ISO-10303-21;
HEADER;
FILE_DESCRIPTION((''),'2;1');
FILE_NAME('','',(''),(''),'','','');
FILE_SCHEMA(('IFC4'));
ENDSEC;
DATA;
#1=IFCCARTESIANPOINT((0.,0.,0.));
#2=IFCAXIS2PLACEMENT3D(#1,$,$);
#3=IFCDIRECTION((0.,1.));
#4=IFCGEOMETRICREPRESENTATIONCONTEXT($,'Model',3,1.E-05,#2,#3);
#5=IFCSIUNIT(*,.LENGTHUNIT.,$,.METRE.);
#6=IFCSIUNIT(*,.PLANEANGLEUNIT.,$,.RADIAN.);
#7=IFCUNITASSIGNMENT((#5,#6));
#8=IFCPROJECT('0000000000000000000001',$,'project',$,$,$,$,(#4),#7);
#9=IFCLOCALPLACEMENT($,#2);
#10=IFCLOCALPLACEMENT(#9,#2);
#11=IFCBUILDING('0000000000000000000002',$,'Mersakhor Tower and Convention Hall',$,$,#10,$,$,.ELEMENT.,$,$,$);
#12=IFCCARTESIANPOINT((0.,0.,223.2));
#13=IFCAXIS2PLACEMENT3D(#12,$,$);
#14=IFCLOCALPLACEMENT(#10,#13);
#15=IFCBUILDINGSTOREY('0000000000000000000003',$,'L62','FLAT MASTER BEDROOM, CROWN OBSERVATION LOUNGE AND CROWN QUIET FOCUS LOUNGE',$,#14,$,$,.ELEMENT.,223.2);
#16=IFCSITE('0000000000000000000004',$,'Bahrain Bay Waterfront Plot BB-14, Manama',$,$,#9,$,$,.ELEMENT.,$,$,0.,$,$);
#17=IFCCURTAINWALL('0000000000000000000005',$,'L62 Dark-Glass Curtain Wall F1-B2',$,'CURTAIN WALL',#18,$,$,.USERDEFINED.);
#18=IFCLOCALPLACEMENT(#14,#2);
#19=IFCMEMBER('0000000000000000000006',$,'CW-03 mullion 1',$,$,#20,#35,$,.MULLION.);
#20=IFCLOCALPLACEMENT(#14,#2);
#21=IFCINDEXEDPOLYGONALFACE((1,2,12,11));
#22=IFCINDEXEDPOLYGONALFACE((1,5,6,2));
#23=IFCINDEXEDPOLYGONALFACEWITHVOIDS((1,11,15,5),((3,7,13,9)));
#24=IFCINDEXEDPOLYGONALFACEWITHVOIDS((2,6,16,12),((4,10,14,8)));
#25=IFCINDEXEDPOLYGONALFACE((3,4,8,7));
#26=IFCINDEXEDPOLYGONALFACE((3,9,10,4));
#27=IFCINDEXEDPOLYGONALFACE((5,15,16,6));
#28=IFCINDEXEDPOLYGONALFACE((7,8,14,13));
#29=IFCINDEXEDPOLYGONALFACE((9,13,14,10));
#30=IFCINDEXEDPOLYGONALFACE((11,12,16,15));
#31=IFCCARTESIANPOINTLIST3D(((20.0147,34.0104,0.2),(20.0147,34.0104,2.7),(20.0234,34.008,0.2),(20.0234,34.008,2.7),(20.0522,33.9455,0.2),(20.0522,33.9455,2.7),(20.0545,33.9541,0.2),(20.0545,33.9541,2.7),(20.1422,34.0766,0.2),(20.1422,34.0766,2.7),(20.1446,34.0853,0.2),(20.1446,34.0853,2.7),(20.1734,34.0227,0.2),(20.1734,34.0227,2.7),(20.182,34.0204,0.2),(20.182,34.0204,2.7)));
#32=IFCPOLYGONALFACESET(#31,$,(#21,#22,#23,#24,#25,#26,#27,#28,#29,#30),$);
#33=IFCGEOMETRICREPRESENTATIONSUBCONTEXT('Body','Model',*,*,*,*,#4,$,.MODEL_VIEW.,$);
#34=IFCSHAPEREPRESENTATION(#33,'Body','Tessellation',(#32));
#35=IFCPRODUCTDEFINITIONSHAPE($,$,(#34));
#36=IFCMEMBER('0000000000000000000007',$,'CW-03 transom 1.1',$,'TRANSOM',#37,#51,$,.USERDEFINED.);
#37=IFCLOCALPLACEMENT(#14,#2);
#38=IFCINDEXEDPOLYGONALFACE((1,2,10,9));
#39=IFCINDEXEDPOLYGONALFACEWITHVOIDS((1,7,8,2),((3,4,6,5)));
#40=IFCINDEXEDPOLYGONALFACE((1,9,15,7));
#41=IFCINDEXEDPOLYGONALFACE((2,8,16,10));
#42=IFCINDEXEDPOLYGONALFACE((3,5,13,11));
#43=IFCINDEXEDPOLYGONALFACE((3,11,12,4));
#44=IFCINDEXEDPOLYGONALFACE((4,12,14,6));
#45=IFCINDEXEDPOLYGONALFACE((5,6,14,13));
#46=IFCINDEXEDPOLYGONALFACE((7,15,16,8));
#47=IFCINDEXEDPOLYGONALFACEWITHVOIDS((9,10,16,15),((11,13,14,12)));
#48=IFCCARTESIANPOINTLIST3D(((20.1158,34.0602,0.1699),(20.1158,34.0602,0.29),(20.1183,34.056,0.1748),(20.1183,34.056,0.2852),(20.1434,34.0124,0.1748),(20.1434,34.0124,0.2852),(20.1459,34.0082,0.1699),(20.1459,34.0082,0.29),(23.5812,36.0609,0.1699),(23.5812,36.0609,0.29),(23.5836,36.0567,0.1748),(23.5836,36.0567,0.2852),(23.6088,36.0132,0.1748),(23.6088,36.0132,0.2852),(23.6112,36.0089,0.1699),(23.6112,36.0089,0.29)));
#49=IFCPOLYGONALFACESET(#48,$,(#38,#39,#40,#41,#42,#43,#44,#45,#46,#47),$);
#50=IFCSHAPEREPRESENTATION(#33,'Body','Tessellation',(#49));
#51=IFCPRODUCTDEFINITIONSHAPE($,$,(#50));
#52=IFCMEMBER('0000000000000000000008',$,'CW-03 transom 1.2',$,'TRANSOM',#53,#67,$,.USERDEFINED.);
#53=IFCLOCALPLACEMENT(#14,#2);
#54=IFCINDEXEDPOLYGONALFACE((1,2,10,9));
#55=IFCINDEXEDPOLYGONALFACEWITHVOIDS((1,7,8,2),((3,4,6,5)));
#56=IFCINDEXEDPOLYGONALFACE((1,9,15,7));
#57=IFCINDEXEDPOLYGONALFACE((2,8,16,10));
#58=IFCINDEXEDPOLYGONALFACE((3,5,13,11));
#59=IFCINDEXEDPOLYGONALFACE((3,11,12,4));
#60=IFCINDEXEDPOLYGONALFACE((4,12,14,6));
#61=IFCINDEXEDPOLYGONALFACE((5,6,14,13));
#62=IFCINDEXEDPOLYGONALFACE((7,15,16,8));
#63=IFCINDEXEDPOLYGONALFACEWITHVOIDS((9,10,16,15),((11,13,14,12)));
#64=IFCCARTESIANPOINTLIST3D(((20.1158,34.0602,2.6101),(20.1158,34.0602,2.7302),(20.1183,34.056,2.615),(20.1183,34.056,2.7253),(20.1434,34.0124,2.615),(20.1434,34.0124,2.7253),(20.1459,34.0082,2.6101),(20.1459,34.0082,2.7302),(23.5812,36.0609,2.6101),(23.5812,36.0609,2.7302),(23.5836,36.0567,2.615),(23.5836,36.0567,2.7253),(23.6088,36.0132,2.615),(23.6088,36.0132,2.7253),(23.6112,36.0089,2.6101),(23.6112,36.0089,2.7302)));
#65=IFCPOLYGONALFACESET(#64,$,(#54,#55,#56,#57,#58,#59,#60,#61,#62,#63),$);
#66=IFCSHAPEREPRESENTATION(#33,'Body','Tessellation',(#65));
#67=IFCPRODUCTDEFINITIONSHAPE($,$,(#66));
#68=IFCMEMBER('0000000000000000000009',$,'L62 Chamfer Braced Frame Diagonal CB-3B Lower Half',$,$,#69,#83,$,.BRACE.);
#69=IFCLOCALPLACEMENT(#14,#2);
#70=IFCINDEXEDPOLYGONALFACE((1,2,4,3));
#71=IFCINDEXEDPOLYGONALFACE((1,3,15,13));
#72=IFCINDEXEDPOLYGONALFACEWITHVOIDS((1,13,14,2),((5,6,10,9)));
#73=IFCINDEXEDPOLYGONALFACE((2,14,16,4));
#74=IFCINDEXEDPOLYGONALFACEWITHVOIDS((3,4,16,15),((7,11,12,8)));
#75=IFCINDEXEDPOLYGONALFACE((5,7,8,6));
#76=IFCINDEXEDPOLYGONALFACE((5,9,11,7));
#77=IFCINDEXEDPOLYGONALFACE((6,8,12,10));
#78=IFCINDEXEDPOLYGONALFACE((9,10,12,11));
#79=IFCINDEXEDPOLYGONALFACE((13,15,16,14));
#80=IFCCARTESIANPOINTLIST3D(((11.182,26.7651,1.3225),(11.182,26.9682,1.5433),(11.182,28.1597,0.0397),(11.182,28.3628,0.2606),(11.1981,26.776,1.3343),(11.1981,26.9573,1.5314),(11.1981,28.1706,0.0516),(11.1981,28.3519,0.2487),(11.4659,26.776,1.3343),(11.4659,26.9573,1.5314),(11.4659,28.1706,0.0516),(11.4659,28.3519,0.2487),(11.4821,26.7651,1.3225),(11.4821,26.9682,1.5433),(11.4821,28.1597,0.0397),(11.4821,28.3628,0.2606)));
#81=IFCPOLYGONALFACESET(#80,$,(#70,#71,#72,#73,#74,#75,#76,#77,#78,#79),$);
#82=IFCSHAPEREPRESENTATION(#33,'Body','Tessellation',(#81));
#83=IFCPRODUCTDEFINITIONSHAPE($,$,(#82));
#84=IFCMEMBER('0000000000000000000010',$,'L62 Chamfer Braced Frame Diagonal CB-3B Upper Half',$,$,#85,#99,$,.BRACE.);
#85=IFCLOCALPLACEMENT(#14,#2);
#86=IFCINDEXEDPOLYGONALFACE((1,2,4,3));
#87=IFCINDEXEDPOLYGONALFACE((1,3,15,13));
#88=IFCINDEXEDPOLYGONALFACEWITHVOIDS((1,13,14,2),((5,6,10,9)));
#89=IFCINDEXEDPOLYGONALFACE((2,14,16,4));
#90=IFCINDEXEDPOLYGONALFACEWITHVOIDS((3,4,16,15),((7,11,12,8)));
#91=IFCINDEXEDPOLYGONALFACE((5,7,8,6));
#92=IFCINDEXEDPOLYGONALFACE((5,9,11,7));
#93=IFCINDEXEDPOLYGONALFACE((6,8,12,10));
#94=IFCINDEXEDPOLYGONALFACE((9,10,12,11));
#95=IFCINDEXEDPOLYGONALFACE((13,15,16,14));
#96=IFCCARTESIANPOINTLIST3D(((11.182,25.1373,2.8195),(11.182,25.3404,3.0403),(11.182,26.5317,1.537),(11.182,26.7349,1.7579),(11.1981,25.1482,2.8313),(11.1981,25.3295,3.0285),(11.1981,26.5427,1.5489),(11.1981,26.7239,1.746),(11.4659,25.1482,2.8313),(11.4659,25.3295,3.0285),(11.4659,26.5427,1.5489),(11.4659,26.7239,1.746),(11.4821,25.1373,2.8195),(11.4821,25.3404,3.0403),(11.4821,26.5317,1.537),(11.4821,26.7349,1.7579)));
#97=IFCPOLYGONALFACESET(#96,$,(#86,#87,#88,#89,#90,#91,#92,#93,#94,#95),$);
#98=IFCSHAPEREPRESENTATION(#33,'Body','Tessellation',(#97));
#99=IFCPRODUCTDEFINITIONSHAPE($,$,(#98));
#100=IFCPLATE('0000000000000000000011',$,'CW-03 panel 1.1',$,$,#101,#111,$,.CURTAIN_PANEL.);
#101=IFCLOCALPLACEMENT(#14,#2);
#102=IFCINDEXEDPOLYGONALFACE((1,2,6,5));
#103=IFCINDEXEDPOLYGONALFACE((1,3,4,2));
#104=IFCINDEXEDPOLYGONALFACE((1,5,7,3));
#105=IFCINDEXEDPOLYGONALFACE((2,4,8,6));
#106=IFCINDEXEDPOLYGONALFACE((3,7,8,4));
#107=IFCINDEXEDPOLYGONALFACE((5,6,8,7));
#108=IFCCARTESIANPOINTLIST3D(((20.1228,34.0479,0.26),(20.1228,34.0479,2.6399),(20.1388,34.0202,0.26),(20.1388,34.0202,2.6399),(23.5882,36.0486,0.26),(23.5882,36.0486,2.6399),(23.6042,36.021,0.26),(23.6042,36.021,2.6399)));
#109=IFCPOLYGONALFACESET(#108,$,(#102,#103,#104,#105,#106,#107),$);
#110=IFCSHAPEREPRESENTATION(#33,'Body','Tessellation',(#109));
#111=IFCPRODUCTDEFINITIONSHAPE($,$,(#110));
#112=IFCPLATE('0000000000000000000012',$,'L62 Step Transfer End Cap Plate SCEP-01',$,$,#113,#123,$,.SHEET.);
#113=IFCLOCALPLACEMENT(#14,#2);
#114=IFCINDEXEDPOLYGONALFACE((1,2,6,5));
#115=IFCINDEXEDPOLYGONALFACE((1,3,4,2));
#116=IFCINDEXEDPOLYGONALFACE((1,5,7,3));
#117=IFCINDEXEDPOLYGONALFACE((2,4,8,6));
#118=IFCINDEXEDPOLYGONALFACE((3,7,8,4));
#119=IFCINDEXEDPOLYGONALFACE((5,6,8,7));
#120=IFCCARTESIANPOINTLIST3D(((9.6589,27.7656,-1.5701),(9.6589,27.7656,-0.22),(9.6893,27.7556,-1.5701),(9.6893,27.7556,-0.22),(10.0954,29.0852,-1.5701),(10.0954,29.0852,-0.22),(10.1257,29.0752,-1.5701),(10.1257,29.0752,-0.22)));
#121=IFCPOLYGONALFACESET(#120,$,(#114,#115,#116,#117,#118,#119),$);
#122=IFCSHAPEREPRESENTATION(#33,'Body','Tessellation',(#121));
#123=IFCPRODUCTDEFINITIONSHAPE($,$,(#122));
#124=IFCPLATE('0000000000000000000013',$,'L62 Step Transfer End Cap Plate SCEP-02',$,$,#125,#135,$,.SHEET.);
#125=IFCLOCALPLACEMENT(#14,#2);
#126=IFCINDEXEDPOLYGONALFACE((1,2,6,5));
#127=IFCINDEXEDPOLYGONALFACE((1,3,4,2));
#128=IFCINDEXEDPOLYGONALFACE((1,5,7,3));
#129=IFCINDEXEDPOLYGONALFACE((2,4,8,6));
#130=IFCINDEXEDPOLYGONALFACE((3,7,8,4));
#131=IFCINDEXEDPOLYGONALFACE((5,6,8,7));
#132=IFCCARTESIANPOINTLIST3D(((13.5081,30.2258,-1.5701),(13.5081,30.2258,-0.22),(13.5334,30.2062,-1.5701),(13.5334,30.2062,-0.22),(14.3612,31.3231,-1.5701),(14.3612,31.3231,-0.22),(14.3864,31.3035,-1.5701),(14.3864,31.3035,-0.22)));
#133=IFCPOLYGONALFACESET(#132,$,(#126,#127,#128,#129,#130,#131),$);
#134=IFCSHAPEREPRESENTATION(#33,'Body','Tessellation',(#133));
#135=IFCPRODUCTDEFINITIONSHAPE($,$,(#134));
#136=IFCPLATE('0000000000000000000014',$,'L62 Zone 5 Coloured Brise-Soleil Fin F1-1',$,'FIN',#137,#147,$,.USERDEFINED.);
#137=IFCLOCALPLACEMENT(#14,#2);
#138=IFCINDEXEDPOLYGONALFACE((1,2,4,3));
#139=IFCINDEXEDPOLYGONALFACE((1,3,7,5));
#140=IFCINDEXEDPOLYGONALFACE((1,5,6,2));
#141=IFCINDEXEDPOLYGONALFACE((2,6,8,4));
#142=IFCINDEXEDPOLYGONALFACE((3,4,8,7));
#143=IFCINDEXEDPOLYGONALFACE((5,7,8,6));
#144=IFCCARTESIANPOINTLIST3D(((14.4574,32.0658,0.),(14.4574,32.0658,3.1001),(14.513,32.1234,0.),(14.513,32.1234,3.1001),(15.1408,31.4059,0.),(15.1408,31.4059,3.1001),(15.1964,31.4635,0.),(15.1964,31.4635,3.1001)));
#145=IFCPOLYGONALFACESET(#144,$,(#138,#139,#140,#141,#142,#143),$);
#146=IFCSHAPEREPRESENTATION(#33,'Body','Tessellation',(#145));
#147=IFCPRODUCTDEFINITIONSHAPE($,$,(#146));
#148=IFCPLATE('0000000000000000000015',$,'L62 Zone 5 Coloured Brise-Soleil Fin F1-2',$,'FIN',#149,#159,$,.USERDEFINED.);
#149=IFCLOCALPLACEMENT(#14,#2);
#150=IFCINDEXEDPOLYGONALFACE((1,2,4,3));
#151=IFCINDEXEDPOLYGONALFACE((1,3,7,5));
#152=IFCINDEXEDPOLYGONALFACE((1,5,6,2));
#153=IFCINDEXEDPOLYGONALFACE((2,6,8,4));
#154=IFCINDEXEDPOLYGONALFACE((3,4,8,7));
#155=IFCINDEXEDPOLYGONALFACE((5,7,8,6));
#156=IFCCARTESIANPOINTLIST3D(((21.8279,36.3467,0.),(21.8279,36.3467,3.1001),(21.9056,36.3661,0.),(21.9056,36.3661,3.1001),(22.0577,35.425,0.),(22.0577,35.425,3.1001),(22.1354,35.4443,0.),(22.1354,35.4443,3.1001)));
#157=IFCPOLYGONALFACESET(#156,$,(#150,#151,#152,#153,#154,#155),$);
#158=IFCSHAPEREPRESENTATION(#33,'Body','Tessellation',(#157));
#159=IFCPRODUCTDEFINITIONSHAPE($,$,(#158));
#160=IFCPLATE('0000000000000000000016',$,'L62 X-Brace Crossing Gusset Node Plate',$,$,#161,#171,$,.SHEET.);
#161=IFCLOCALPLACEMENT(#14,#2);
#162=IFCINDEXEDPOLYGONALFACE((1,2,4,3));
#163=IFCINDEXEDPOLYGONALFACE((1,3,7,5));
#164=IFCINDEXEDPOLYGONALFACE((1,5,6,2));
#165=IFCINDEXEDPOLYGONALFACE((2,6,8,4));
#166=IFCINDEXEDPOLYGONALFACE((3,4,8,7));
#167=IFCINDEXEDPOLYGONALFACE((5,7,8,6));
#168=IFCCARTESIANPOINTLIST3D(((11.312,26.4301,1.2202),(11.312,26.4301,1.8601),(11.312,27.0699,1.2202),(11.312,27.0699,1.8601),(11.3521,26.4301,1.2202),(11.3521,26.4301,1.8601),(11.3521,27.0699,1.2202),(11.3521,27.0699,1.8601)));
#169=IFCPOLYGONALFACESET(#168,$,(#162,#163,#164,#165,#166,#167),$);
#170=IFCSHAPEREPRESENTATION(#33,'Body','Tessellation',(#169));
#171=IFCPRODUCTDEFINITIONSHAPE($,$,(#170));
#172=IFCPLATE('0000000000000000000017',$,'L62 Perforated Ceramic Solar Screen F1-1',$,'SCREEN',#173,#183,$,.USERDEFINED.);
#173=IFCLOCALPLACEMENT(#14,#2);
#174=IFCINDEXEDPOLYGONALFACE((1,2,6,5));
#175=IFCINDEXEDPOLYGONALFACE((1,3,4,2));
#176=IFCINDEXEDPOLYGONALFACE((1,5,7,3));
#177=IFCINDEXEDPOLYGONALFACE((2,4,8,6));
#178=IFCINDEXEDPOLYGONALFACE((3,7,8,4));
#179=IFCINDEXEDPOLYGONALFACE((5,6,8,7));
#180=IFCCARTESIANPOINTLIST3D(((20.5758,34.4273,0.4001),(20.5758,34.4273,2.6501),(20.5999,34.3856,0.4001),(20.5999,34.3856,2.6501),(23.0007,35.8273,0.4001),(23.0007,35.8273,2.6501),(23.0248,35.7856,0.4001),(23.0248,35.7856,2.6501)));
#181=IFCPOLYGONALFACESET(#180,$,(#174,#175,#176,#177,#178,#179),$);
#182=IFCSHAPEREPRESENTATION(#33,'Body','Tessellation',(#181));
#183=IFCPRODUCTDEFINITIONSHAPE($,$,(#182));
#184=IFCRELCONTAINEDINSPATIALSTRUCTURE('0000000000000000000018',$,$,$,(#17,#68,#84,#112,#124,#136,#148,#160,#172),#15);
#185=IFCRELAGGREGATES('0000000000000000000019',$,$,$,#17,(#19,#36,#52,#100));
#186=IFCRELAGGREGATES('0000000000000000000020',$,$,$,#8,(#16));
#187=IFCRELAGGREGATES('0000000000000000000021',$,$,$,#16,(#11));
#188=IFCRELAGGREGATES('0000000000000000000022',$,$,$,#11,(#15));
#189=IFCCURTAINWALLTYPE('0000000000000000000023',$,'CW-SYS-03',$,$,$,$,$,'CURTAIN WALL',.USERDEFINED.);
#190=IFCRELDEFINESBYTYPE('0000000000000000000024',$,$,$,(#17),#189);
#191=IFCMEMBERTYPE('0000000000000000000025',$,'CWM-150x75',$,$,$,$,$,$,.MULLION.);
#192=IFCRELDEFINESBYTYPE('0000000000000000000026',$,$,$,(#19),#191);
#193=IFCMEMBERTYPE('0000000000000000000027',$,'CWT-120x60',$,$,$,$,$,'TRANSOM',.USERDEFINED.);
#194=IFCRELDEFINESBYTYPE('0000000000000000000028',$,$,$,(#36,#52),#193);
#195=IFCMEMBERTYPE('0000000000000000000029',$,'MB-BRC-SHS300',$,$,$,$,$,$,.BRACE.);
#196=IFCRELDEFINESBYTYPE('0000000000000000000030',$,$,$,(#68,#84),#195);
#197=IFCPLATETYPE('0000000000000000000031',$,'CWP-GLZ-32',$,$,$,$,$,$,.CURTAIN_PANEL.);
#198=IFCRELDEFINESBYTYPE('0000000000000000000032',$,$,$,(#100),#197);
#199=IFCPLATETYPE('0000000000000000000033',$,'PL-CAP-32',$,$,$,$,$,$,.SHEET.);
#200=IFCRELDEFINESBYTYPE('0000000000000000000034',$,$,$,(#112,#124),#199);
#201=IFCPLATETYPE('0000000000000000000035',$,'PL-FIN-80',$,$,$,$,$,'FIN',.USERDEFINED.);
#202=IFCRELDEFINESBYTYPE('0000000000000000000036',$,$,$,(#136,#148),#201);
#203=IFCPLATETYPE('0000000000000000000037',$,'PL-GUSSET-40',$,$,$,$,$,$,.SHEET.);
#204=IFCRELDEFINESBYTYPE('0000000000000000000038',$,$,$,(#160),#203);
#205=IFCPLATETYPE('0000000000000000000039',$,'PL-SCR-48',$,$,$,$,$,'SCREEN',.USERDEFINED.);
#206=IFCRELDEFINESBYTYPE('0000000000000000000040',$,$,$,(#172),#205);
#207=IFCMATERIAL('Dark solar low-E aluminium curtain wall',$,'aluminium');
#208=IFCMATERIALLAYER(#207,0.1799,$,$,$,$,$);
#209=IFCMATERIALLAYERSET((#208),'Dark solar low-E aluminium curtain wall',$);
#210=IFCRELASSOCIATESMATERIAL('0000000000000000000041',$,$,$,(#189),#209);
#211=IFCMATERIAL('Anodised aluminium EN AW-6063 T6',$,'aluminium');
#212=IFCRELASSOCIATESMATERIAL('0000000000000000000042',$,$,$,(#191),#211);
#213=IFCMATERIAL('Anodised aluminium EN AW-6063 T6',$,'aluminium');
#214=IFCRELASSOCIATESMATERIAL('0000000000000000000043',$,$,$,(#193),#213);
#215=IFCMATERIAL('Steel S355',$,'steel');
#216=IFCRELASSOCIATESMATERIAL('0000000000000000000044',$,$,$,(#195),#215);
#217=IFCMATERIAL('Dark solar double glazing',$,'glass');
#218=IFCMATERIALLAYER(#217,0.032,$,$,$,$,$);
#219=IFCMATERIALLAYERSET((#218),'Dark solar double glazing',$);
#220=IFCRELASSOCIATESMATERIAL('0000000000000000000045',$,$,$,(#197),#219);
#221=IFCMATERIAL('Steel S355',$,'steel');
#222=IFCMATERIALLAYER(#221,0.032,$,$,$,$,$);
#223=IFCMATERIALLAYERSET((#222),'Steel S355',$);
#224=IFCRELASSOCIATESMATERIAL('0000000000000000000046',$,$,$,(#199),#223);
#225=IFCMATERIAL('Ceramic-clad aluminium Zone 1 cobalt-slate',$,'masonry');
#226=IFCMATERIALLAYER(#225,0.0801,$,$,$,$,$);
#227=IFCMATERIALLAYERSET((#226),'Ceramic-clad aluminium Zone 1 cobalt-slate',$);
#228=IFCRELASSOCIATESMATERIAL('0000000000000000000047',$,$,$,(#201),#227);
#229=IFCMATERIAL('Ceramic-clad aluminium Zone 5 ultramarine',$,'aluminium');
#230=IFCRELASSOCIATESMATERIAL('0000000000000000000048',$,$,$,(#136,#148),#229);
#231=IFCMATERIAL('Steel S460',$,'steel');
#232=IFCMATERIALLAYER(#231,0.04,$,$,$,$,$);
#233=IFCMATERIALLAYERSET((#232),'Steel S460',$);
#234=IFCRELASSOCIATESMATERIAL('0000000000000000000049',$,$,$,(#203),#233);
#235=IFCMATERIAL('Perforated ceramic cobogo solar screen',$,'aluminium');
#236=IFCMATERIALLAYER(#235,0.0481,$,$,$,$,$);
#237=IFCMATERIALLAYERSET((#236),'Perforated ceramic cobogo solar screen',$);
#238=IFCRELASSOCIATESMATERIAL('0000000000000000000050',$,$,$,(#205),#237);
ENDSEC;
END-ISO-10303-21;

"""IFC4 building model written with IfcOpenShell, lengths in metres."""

from ifc_helpers import new_model, si_unit, direction, frame, origin, origin_2d, place, context, subcontext, project, spatial, rectangle, hollow_rectangle, extrude, material, layer, layer_set, material_profile, profile_set, type_object, element, aggregate, save


model = new_model("IFC4")

# Units and contexts
model_context = context("Model", 3, precision=1e-05, world=origin(), true_north=direction((0.0, 1.0)))
body_context = subcontext(model_context, "Body", "Model", "MODEL_VIEW")
ifc_project = project(units=[si_unit("LENGTHUNIT", "METRE"), si_unit("PLANEANGLEUNIT", "RADIAN")], contexts=[model_context])

# Site, building, storey
site_placement = place(None, origin())
site = spatial("IfcSite", under=ifc_project, at=site_placement, Name="Bahrain Bay Waterfront Plot BB-14, Manama", CompositionType="ELEMENT", RefElevation=0.0)
building_placement = place(site_placement, origin())
building = spatial("IfcBuilding", under=site, at=building_placement, Name="Mersakhor Tower and Convention Hall", CompositionType="ELEMENT")
storey_placement = place(building_placement, frame((0.0, 0.0, 223.2)))
storey = spatial("IfcBuildingStorey", under=building, at=storey_placement, Name="L62", Description="FLAT MASTER BEDROOM, CROWN OBSERVATION LOUNGE AND CROWN QUIET FOCUS LOUNGE", CompositionType="ELEMENT", Elevation=223.2)

# Curtain wall, members
ifc_material_1 = material(Name="Dark solar low-E aluminium curtain wall", Category="aluminium")
ifc_layer_1 = layer(ifc_material_1, 0.1799)
ifc_layer_set_1 = layer_set([ifc_layer_1], Name="Dark solar low-E aluminium curtain wall")
curtain_wall_type = type_object("IfcCurtainWallType", Name="CW-SYS-03", ElementType="CURTAIN WALL", PredefinedType="USERDEFINED", material=ifc_layer_set_1)
curtain_wall_placement = place(storey_placement, origin())
curtain_wall = element("IfcCurtainWall", 1, at=curtain_wall_placement, inside=storey, type_object=curtain_wall_type, Name="L62 Dark-Glass Curtain Wall F1-B2", ObjectType="CURTAIN WALL", PredefinedType="USERDEFINED")
ifc_material_2 = material(Name="Anodised aluminium EN AW-6063 T6", Category="aluminium")
ifc_material_profile_1 = material_profile(ifc_material_2, hollow_rectangle(XDim=0.075, YDim=0.1499, WallThickness=0.0063, at=origin_2d()), Name="RHS 150x75x6.3")
ifc_profile_set_1 = profile_set([ifc_material_profile_1], Name="Anodised aluminium EN AW-6063 T6")
member_type_1 = type_object("IfcMemberType", Name="CWM-150x75", PredefinedType="MULLION", material=ifc_profile_set_1)
member_1_placement = place(storey_placement, frame((20.0984, 34.0154, 0.2), z_axis=(0.0, 0.0, 1.0), x_axis=(-0.500004, 0.866023, 0.0)))
member_1 = element("IfcMember", 2, at=member_1_placement, type_object=member_type_1, Name="CW-03 mullion 1", PredefinedType="MULLION", context=body_context, shape_type="SweptSolid", body=[
    extrude(hollow_rectangle(XDim=0.075, YDim=0.1499, WallThickness=0.0063, at=origin_2d()), origin(), (0.0, 0.0, 1.0), 2.5),
])
ifc_material_3 = material(Name="Anodised aluminium EN AW-6063 T6", Category="aluminium")
ifc_material_profile_2 = material_profile(ifc_material_3, hollow_rectangle(XDim=0.0601, YDim=0.1201, WallThickness=0.0049, at=origin_2d()), Name="RHS 120x60x5")
ifc_profile_set_2 = profile_set([ifc_material_profile_2], Name="Anodised aluminium EN AW-6063 T6")
member_type_2 = type_object("IfcMemberType", Name="CWT-120x60", ElementType="TRANSOM", PredefinedType="USERDEFINED", material=ifc_profile_set_2)
member_2_placement = place(storey_placement, frame((20.1309, 34.0342, 0.23), z_axis=(0.866023, 0.500004, 0.0), x_axis=(-0.500004, 0.866023, 0.0)))
member_2 = element("IfcMember", 3, at=member_2_placement, type_object=member_type_2, Name="CW-03 transom 1.1", ObjectType="TRANSOM", PredefinedType="USERDEFINED", context=body_context, shape_type="SweptSolid", body=[
    extrude(hollow_rectangle(XDim=0.0601, YDim=0.1201, WallThickness=0.0049, at=origin_2d()), origin(), (0.0, 0.0, 1.0), 4.0015),
])
member_3_placement = place(storey_placement, frame((20.1309, 34.0342, 2.6702), z_axis=(0.866023, 0.500004, 0.0), x_axis=(-0.500004, 0.866023, 0.0)))
member_3 = element("IfcMember", 4, at=member_3_placement, type_object=member_type_2, Name="CW-03 transom 1.2", ObjectType="TRANSOM", PredefinedType="USERDEFINED", context=body_context, shape_type="SweptSolid", body=[
    extrude(hollow_rectangle(XDim=0.0601, YDim=0.1201, WallThickness=0.0049, at=origin_2d()), origin(), (0.0, 0.0, 1.0), 4.0015),
])

# Members
ifc_material_4 = material(Name="Steel S355", Category="steel")
ifc_material_profile_3 = material_profile(ifc_material_4, hollow_rectangle(XDim=0.3, YDim=0.3, WallThickness=0.0161, at=origin_2d()), Name="SHS 300x300x16")
ifc_profile_set_3 = profile_set([ifc_material_profile_3], Name="Steel S355")
member_type_3 = type_object("IfcMemberType", Name="MB-BRC-SHS300", PredefinedType="BRACE", material=ifc_profile_set_3)
member_4_placement = place(storey_placement, frame((11.332, 28.2612, 0.1501), z_axis=(0.0, -0.735998, 0.676984), x_axis=(1.0, 0.0, 0.0)))
element("IfcMember", 5, at=member_4_placement, inside=storey, type_object=member_type_3, Name="L62 Chamfer Braced Frame Diagonal CB-3B Lower Half", PredefinedType="BRACE", context=body_context, shape_type="SweptSolid", body=[
    extrude(hollow_rectangle(XDim=0.3, YDim=0.3, WallThickness=0.0161, at=origin_2d()), origin(), (0.0, 0.0, 1.0), 1.8948),
])
member_5_placement = place(storey_placement, frame((11.332, 26.6333, 1.6475), z_axis=(0.0, -0.736062, 0.676914), x_axis=(1.0, 0.0, 0.0)))
element("IfcMember", 6, at=member_5_placement, inside=storey, type_object=member_type_3, Name="L62 Chamfer Braced Frame Diagonal CB-3B Upper Half", PredefinedType="BRACE", context=body_context, shape_type="SweptSolid", body=[
    extrude(hollow_rectangle(XDim=0.3, YDim=0.3, WallThickness=0.0161, at=origin_2d()), origin(), (0.0, 0.0, 1.0), 1.8945),
])

# Plate
ifc_material_5 = material(Name="Dark solar double glazing", Category="glass")
ifc_layer_2 = layer(ifc_material_5, 0.032)
ifc_layer_set_2 = layer_set([ifc_layer_2], Name="Dark solar double glazing")
plate_type_1 = type_object("IfcPlateType", Name="CWP-GLZ-32", PredefinedType="CURTAIN_PANEL", material=ifc_layer_set_2)
plate_1_placement = place(storey_placement, frame((21.8635, 35.0344, 0.26), z_axis=(0.0, 0.0, 1.0), x_axis=(0.866023, 0.500004, 0.0)))
plate_1 = element("IfcPlate", 7, at=plate_1_placement, type_object=plate_type_1, Name="CW-03 panel 1.1", PredefinedType="CURTAIN_PANEL", context=body_context, shape_type="SweptSolid", body=[
    extrude(rectangle(XDim=4.0015, YDim=0.032, at=origin_2d()), origin(), (0.0, 0.0, 1.0), 2.3799),
])
aggregate(curtain_wall, [member_1, member_2, member_3, plate_1])

# Plates
ifc_material_6 = material(Name="Steel S355", Category="steel")
ifc_layer_3 = layer(ifc_material_6, 0.032)
ifc_layer_set_3 = layer_set([ifc_layer_3], Name="Steel S355")
plate_type_2 = type_object("IfcPlateType", Name="PL-CAP-32", PredefinedType="SHEET", material=ifc_layer_set_3)
for number, where, z_axis, x_axis, name in (
    (8, (9.8923, 28.4204, -1.5701), (0.0, 0.0, 1.0), (0.949425, -0.313992, 0.0), "L62 Step Transfer End Cap Plate SCEP-01"),
    (9, (13.9473, 30.7646, -1.5701), (0.0, 0.0, 1.0), (0.789513, -0.613734, 0.0), "L62 Step Transfer End Cap Plate SCEP-02"),
):
    element("IfcPlate", number, at=place(storey_placement, frame(where, z_axis=z_axis, x_axis=x_axis)), inside=storey, type_object=plate_type_2, Name=name, PredefinedType="SHEET", context=body_context, shape_type="SweptSolid", body=[
        extrude(rectangle(XDim=0.032, YDim=1.3899, at=origin_2d()), origin(), (0.0, 0.0, 1.0), 1.3501),
    ])
ifc_material_7 = material(Name="Ceramic-clad aluminium Zone 5 ultramarine", Category="aluminium")
ifc_material_8 = material(Name="Ceramic-clad aluminium Zone 1 cobalt-slate", Category="masonry")
ifc_layer_4 = layer(ifc_material_8, 0.0801)
ifc_layer_set_4 = layer_set([ifc_layer_4], Name="Ceramic-clad aluminium Zone 1 cobalt-slate")
plate_type_3 = type_object("IfcPlateType", Name="PL-FIN-80", ElementType="FIN", PredefinedType="USERDEFINED", material=ifc_layer_set_4)
for number, where, z_axis, x_axis, name in (
    (10, (14.8269, 31.7646, 0.0), (0.0, 0.0, 1.0), (-0.71934, 0.694658, 0.0), "L62 Zone 5 Coloured Brise-Soleil Fin F1-1"),
    (11, (21.9817, 35.8955, 0.0), (0.0, 0.0, 1.0), (-0.241922, 0.970296, 0.0), "L62 Zone 5 Coloured Brise-Soleil Fin F1-2"),
):
    element("IfcPlate", number, at=place(storey_placement, frame(where, z_axis=z_axis, x_axis=x_axis)), inside=storey, type_object=plate_type_3, material=ifc_material_7, Name=name, ObjectType="FIN", PredefinedType="USERDEFINED", context=body_context, shape_type="SweptSolid", body=[
        extrude(rectangle(XDim=0.95, YDim=0.0801, at=origin_2d()), origin(), (0.0, 0.0, 1.0), 3.1001),
    ])
ifc_material_9 = material(Name="Steel S460", Category="steel")
ifc_layer_5 = layer(ifc_material_9, 0.04)
ifc_layer_set_5 = layer_set([ifc_layer_5], Name="Steel S460")
plate_type_4 = type_object("IfcPlateType", Name="PL-GUSSET-40", PredefinedType="SHEET", material=ifc_layer_set_5)
plate_2_placement = place(storey_placement, frame((11.332, 26.75, 1.2202), z_axis=(0.0, 0.0, 1.0), x_axis=(0.0, -1.0, 0.0)))
element("IfcPlate", 12, at=plate_2_placement, inside=storey, type_object=plate_type_4, Name="L62 X-Brace Crossing Gusset Node Plate", PredefinedType="SHEET", context=body_context, shape_type="SweptSolid", body=[
    extrude(rectangle(XDim=0.6399, YDim=0.04, at=origin_2d()), origin(), (0.0, 0.0, 1.0), 0.6399),
])
ifc_material_10 = material(Name="Perforated ceramic cobogo solar screen", Category="aluminium")
ifc_layer_6 = layer(ifc_material_10, 0.0481)
ifc_layer_set_6 = layer_set([ifc_layer_6], Name="Perforated ceramic cobogo solar screen")
plate_type_5 = type_object("IfcPlateType", Name="PL-SCR-48", ElementType="SCREEN", PredefinedType="USERDEFINED", material=ifc_layer_set_6)
plate_3_placement = place(storey_placement, frame((21.8003, 35.1064, 0.4001), z_axis=(0.0, 0.0, 1.0), x_axis=(0.866025, 0.5, 0.0)))
element("IfcPlate", 13, at=plate_3_placement, inside=storey, type_object=plate_type_5, Name="L62 Perforated Ceramic Solar Screen F1-1", ObjectType="SCREEN", PredefinedType="USERDEFINED", context=body_context, shape_type="SweptSolid", body=[
    extrude(rectangle(XDim=2.8, YDim=0.0481, at=origin_2d()), origin(), (0.0, 0.0, 1.0), 2.25),
])

save(model, "model.ifc")
